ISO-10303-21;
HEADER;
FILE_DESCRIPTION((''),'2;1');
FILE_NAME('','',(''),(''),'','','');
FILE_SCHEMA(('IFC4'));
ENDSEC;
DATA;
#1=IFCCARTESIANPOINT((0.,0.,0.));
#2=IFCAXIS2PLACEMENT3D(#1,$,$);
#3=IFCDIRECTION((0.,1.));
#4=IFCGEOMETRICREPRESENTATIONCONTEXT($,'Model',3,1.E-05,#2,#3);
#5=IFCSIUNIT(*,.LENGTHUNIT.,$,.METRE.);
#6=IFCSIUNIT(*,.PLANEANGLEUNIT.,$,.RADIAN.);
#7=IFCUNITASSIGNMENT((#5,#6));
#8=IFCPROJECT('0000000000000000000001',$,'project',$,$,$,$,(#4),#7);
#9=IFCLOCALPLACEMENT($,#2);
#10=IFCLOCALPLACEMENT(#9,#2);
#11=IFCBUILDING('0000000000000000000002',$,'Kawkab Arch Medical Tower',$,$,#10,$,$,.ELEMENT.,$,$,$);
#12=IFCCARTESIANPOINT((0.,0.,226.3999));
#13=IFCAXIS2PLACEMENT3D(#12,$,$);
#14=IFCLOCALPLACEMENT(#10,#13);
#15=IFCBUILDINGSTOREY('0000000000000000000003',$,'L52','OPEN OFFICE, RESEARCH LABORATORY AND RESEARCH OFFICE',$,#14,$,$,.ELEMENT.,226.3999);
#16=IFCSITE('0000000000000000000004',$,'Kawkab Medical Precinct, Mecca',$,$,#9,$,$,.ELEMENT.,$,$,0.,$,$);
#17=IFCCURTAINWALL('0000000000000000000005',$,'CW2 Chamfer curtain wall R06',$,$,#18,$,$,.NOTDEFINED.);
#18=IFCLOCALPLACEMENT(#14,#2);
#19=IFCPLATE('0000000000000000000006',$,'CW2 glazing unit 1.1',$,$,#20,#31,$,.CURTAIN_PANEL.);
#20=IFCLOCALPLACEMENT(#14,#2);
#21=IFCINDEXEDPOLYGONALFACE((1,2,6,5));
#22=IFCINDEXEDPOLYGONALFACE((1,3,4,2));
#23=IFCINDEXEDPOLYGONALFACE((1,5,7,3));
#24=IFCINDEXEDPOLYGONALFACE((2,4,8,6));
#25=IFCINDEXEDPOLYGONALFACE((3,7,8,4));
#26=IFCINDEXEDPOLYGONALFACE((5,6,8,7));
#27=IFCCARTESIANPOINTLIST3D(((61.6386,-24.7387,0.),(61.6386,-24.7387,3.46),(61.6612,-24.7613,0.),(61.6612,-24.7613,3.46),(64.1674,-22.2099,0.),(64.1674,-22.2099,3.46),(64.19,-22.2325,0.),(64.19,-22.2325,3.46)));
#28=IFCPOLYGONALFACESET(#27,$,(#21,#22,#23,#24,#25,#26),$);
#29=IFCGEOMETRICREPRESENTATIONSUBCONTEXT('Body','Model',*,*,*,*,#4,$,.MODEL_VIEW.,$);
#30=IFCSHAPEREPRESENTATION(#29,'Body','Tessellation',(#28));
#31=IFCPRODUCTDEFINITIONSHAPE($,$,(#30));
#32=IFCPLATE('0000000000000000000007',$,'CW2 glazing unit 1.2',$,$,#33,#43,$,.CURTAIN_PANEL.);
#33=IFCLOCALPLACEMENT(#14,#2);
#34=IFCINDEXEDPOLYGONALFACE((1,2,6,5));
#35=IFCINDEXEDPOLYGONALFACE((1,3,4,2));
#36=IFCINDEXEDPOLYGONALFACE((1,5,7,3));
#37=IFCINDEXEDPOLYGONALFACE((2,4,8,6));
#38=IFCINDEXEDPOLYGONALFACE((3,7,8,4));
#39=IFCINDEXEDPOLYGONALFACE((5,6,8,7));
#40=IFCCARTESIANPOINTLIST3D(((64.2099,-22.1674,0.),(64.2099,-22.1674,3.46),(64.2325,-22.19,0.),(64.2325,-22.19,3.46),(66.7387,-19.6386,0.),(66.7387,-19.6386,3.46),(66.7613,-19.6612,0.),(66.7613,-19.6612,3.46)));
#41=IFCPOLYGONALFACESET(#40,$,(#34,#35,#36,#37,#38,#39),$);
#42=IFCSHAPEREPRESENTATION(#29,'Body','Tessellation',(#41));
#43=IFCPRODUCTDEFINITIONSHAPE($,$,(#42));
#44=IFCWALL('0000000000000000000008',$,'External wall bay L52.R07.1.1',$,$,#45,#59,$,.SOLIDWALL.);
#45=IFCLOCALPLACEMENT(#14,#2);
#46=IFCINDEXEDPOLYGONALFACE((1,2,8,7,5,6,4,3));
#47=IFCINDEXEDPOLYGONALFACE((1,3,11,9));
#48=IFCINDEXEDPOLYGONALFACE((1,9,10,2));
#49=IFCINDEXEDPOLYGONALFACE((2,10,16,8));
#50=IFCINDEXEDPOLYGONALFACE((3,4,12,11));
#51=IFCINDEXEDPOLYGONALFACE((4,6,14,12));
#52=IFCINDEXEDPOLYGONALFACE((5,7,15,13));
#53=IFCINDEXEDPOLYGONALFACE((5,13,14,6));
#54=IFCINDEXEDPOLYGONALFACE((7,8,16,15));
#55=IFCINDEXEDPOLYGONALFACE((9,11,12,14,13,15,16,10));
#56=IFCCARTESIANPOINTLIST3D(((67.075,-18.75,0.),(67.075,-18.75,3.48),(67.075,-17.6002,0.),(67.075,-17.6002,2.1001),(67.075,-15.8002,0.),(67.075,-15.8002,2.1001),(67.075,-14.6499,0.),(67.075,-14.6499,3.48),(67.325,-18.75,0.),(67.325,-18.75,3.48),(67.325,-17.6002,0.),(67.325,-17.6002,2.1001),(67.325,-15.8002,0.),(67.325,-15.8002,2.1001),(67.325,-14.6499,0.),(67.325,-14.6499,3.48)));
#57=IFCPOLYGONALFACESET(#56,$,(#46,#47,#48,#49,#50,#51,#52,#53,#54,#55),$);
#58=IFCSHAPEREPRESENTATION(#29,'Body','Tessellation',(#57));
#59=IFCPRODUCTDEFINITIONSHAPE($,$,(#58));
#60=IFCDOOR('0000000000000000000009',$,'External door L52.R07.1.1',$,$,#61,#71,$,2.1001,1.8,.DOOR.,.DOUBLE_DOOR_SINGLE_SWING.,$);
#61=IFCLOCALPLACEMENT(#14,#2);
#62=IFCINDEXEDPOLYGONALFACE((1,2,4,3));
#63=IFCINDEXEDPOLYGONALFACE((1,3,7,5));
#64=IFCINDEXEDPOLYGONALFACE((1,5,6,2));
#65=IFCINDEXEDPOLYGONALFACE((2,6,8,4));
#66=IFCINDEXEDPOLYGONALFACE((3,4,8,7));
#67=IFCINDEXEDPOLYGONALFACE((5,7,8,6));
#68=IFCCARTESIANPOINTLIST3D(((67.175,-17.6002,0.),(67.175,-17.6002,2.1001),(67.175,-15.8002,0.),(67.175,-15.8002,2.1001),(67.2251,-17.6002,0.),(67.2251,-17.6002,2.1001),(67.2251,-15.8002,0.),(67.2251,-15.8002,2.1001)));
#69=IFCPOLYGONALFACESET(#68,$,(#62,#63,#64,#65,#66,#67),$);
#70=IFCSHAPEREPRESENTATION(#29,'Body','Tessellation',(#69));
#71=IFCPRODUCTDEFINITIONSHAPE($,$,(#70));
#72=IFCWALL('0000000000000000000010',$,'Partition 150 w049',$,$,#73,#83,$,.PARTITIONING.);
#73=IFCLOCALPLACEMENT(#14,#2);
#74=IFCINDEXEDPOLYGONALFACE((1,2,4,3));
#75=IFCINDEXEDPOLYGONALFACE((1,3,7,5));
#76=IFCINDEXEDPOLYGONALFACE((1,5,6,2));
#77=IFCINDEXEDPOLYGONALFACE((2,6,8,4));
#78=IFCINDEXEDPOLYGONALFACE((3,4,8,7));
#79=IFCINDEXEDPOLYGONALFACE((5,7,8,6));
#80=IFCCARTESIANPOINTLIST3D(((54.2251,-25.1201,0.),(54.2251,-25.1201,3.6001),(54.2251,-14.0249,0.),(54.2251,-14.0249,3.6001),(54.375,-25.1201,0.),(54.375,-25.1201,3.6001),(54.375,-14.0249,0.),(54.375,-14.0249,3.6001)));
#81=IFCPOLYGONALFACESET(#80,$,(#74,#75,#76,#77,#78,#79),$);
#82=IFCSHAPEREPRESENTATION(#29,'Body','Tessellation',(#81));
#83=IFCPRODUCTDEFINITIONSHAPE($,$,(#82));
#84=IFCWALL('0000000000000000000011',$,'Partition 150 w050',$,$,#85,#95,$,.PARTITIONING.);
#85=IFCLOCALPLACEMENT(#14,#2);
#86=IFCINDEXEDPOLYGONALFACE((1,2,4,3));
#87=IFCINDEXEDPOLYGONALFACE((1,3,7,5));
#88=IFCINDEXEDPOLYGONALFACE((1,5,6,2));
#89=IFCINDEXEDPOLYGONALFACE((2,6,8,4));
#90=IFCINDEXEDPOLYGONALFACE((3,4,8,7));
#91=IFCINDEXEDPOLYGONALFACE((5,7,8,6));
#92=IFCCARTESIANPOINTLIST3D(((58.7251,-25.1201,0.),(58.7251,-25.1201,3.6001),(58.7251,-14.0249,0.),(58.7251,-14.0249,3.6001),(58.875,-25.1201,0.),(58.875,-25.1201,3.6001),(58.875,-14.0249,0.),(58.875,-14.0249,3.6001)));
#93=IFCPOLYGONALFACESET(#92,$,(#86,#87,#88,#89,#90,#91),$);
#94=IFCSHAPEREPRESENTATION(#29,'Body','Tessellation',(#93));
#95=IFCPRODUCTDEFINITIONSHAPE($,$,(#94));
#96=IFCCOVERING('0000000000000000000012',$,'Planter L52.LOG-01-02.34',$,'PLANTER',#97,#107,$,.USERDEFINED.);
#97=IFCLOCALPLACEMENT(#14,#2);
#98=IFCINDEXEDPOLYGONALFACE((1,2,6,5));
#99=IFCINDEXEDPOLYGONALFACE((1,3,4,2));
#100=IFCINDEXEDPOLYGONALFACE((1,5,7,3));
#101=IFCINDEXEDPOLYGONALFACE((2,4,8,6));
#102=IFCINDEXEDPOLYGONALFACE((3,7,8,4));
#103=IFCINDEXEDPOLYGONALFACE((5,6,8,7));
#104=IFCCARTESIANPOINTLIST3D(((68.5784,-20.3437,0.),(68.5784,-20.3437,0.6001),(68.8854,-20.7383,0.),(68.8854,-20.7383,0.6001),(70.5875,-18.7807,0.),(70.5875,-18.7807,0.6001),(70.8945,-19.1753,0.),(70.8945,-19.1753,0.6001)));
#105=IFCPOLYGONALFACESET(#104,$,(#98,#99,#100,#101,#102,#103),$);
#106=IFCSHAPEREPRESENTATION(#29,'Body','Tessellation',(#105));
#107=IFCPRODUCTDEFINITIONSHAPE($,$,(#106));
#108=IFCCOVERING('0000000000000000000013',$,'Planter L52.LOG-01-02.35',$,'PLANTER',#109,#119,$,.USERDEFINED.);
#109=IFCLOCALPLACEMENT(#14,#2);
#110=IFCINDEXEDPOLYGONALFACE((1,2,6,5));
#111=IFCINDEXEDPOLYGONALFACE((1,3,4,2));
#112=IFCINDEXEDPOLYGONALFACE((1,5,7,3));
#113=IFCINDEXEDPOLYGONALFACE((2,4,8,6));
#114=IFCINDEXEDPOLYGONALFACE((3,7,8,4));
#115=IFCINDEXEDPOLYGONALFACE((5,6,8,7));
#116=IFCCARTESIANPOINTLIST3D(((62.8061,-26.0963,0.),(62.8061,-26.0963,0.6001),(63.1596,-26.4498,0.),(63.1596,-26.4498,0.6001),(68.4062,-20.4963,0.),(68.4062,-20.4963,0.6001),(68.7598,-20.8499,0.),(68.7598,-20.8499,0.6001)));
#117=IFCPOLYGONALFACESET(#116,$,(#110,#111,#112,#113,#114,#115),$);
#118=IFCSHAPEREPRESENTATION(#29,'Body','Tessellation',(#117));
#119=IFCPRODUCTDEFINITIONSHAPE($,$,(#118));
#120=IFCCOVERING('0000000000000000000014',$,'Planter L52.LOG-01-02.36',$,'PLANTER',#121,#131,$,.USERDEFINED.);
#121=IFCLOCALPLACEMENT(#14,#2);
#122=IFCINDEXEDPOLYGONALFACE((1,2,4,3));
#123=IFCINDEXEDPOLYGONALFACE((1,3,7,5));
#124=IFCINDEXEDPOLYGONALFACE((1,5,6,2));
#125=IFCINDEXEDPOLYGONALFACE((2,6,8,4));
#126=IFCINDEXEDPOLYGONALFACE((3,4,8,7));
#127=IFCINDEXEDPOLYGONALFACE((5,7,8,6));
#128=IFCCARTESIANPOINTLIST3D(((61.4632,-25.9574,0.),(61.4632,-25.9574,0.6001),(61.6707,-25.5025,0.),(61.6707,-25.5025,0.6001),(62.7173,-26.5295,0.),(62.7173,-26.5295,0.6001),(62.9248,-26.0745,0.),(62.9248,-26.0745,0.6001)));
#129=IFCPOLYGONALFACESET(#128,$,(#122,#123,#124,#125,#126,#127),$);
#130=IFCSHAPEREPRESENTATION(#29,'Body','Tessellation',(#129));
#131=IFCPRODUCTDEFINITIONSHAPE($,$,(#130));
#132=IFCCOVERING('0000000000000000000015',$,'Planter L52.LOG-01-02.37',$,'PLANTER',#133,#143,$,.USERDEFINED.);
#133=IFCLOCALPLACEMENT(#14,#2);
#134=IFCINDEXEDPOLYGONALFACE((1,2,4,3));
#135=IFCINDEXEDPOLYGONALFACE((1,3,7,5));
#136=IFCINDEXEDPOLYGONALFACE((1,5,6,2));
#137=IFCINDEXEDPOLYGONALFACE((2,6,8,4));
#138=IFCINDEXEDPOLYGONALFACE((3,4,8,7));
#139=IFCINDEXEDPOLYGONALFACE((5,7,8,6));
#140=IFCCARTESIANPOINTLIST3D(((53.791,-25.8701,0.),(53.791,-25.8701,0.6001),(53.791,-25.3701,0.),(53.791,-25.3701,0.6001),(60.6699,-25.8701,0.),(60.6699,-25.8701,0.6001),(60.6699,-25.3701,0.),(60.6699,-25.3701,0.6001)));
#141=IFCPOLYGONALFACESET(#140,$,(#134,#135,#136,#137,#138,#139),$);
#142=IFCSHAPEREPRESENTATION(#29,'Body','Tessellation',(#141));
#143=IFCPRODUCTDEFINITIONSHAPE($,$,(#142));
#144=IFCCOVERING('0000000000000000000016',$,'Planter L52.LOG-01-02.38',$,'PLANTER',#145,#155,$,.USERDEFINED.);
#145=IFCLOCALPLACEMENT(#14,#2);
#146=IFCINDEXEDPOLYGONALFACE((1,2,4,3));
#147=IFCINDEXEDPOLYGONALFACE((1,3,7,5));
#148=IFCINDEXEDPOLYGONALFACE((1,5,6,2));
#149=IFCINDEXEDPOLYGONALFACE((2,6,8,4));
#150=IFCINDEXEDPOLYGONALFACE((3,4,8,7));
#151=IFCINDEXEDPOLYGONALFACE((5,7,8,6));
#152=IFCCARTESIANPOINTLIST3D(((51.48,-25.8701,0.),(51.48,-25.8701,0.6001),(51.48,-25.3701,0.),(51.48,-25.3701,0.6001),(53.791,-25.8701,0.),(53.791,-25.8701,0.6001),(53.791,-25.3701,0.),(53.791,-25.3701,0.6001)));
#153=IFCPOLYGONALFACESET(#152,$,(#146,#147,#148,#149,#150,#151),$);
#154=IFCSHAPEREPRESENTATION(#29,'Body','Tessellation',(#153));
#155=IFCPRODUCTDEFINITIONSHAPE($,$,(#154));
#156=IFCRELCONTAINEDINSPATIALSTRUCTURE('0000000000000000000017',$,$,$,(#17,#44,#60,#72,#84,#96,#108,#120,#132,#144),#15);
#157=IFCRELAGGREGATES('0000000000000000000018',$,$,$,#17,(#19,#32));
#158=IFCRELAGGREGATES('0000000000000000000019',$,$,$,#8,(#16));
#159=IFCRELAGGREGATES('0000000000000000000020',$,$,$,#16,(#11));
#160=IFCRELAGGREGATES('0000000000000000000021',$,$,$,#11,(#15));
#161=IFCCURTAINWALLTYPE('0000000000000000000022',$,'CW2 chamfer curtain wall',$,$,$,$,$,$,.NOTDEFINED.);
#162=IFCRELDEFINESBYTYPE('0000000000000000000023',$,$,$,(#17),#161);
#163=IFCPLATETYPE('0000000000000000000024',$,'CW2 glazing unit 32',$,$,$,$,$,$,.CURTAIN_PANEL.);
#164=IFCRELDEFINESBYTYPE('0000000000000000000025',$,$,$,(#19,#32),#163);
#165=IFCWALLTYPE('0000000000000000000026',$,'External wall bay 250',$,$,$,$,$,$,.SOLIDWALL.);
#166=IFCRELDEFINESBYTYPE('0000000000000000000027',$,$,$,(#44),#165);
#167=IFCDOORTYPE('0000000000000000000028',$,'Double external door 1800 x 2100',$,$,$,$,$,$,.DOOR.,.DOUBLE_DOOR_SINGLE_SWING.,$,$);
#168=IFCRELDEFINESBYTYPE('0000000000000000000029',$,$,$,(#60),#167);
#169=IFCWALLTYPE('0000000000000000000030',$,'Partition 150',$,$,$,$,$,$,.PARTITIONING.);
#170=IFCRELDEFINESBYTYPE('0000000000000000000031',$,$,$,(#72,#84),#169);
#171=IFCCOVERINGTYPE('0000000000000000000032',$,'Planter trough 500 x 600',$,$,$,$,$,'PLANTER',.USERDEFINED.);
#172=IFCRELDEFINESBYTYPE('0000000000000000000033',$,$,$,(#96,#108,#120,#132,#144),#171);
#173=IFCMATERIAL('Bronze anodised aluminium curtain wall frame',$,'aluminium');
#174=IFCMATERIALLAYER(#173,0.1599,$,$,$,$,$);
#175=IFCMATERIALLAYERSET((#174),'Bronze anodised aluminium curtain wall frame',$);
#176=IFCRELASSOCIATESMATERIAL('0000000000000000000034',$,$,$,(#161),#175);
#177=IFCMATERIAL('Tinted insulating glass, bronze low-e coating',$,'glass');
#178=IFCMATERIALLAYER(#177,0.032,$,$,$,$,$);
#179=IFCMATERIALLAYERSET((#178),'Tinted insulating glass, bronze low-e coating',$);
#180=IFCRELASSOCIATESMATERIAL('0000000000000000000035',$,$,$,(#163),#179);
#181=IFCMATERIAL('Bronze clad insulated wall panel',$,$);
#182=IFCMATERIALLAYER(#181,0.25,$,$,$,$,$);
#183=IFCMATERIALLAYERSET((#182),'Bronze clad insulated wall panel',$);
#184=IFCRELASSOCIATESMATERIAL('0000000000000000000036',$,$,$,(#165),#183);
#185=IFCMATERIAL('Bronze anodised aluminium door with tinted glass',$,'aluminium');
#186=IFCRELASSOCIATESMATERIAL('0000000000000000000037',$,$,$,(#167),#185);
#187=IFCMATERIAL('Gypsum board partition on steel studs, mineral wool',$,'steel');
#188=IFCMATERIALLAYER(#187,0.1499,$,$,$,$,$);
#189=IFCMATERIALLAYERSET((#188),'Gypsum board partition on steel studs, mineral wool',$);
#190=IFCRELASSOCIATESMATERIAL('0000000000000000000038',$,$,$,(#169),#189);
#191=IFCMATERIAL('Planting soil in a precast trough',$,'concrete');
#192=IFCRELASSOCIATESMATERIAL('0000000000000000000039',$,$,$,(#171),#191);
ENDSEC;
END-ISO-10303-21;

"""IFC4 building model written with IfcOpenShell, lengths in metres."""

from ifc_helpers import new_model, si_unit, direction, frame, frame_2d, origin, origin_2d, place, context, subcontext, project, spatial, rectangle, extrude, material, layer, layer_set, material_profile, profile_set, type_object, element, fill, aggregate, save


model = new_model("IFC4")

# Units and contexts
model_context = context("Model", 3, precision=1e-05, world=origin(), true_north=direction((0.0, 1.0)))
body_context = subcontext(model_context, "Body", "Model", "MODEL_VIEW")
ifc_project = project(units=[si_unit("LENGTHUNIT", "METRE"), si_unit("PLANEANGLEUNIT", "RADIAN")], contexts=[model_context])

# Site, building, storey
site_placement = place(None, origin())
site = spatial("IfcSite", under=ifc_project, at=site_placement, Name="Kawkab Medical Precinct, Mecca", CompositionType="ELEMENT", RefElevation=0.0)
building_placement = place(site_placement, origin())
building = spatial("IfcBuilding", under=site, at=building_placement, Name="Kawkab Arch Medical Tower", CompositionType="ELEMENT")
storey_placement = place(building_placement, frame((0.0, 0.0, 226.3999)))
storey = spatial("IfcBuildingStorey", under=building, at=storey_placement, Name="L52", Description="OPEN OFFICE, RESEARCH LABORATORY AND RESEARCH OFFICE", CompositionType="ELEMENT", Elevation=226.3999)

# Shared definitions
placement = place(storey_placement, origin())

# Curtain wall
ifc_material_1 = material(Name="Bronze anodised aluminium curtain wall frame", Category="aluminium")
ifc_layer_1 = layer(ifc_material_1, 0.1599)
ifc_layer_set_1 = layer_set([ifc_layer_1], Name="Bronze anodised aluminium curtain wall frame")
curtain_wall_type_1 = type_object("IfcCurtainWallType", Name="CW2 chamfer curtain wall", PredefinedType="NOTDEFINED", material=ifc_layer_set_1)
curtain_wall_1 = element("IfcCurtainWall", 1, at=placement, inside=storey, type_object=curtain_wall_type_1, Name="CW2 Chamfer curtain wall R06", PredefinedType="NOTDEFINED")

# Plates
ifc_material_2 = material(Name="Tinted insulating glass, bronze low-e coating", Category="glass")
ifc_layer_2 = layer(ifc_material_2, 0.032)
ifc_layer_set_2 = layer_set([ifc_layer_2], Name="Tinted insulating glass, bronze low-e coating")
plate_type_1 = type_object("IfcPlateType", Name="CW2 glazing unit 32", PredefinedType="CURTAIN_PANEL", material=ifc_layer_set_2)
plate_1_placement = place(storey_placement, frame((62.9143, -23.4856, 0.0), z_axis=(0.0, 0.0, 1.0), x_axis=(0.707107, 0.707107, 0.0)))
plate_1 = element("IfcPlate", 2, at=plate_1_placement, type_object=plate_type_1, Name="CW2 glazing unit 1.1", PredefinedType="CURTAIN_PANEL", context=body_context, shape_type="SweptSolid", body=[
    extrude(rectangle(XDim=3.5762, YDim=0.032, at=origin_2d()), origin(), (0.0, 0.0, 1.0), 3.46),
])
plate_2_placement = place(storey_placement, frame((65.4856, -20.9143, 0.0), z_axis=(0.0, 0.0, 1.0), x_axis=(0.707107, 0.707107, 0.0)))
plate_2 = element("IfcPlate", 3, at=plate_2_placement, type_object=plate_type_1, Name="CW2 glazing unit 1.2", PredefinedType="CURTAIN_PANEL", context=body_context, shape_type="SweptSolid", body=[
    extrude(rectangle(XDim=3.5762, YDim=0.032, at=origin_2d()), origin(), (0.0, 0.0, 1.0), 3.46),
])
aggregate(curtain_wall_1, [plate_1, plate_2])

# Wall, opening, door
ifc_material_3 = material(Name="Bronze clad insulated wall panel")
ifc_layer_3 = layer(ifc_material_3, 0.25)
ifc_layer_set_3 = layer_set([ifc_layer_3], Name="Bronze clad insulated wall panel")
wall_type_1 = type_object("IfcWallType", Name="External wall bay 250", PredefinedType="SOLIDWALL", material=ifc_layer_set_3)
wall_placement = place(storey_placement, frame((67.2, -18.75, 0.0), z_axis=(0.0, 0.0, 1.0), x_axis=(0.0, 1.0, 0.0)))
wall = element("IfcWall", 4, at=wall_placement, inside=storey, type_object=wall_type_1, Name="External wall bay L52.R07.1.1", PredefinedType="SOLIDWALL", context=body_context, shape_type="SweptSolid", body=[
    extrude(rectangle(XDim=4.1001, YDim=0.25, at=frame_2d((2.05, 0.0))), origin(), (0.0, 0.0, 1.0), 3.48),
])
opening_placement = place(wall_placement, frame((1.1499, 0.0, 0.0)))
opening = element("IfcOpeningElement", 5, at=opening_placement, cuts=wall, PredefinedType="OPENING", context=body_context, shape_type="SweptSolid", body=[
    extrude(rectangle(XDim=1.8, YDim=2.1001, at=frame_2d((0.8999, 1.05))), frame((0.0, 0.135, 0.0), z_axis=(0.0, -1.0, 0.0), x_axis=(1.0, 0.0, 0.0)), (0.0, 0.0, 1.0), 0.27),
])
ifc_material_4 = material(Name="Bronze anodised aluminium door with tinted glass", Category="aluminium")
door_type = type_object("IfcDoorType", Name="Double external door 1800 x 2100", OperationType="DOUBLE_DOOR_SINGLE_SWING", PredefinedType="DOOR", material=ifc_material_4)
door_placement = place(opening_placement, origin())
door = element("IfcDoor", 6, at=door_placement, inside=storey, type_object=door_type, Name="External door L52.R07.1.1", OperationType="DOUBLE_DOOR_SINGLE_SWING", OverallHeight=2.1001, OverallWidth=1.8, PredefinedType="DOOR", context=body_context, shape_type="SweptSolid", body=[
    extrude(rectangle(XDim=1.8, YDim=2.1001, at=frame_2d((0.8999, 1.05))), frame((0.0, 0.0249, 0.0), z_axis=(0.0, -1.0, 0.0), x_axis=(1.0, 0.0, 0.0)), (0.0, 0.0, 1.0), 0.05),
])
fill(opening, door)

# Walls
ifc_material_5 = material(Name="Gypsum board partition on steel studs, mineral wool", Category="steel")
ifc_layer_4 = layer(ifc_material_5, 0.1499)
ifc_layer_set_4 = layer_set([ifc_layer_4], Name="Gypsum board partition on steel studs, mineral wool")
wall_type_2 = type_object("IfcWallType", Name="Partition 150", PredefinedType="PARTITIONING", material=ifc_layer_set_4)
for number, where, z_axis, x_axis, name in (
    (7, (54.3, -25.1201, 0.0), (0.0, 0.0, 1.0), (0.0, 1.0, 0.0), "Partition 150 w049"),
    (8, (58.8, -25.1201, 0.0), (0.0, 0.0, 1.0), (0.0, 1.0, 0.0), "Partition 150 w050"),
):
    element("IfcWall", number, at=place(storey_placement, frame(where, z_axis=z_axis, x_axis=x_axis)), inside=storey, type_object=wall_type_2, Name=name, PredefinedType="PARTITIONING", context=body_context, shape_type="SweptSolid", body=[
        extrude(rectangle(XDim=11.0952, YDim=0.1499, at=frame_2d((5.5476, 0.0))), origin(), (0.0, 0.0, 1.0), 3.6001),
    ])

# Coverings
ifc_material_6 = material(Name="Planting soil in a precast trough", Category="concrete")
ifc_material_profile_1 = material_profile(ifc_material_6, rectangle(XDim=0.5, YDim=0.6001, at=origin_2d()), Name="Trough 500x600")
ifc_profile_set_1 = profile_set([ifc_material_profile_1], Name="Planting soil in a precast trough")
covering_type = type_object("IfcCoveringType", Name="Planter trough 500 x 600", ElementType="PLANTER", PredefinedType="USERDEFINED", material=ifc_profile_set_1)
covering_1_placement = place(storey_placement, frame((70.741, -18.978, 0.3), z_axis=(-0.789275, -0.61404, 0.0), x_axis=(0.61404, -0.789275, 0.0)))
element("IfcCovering", 9, at=covering_1_placement, inside=storey, type_object=covering_type, Name="Planter L52.LOG-01-02.34", ObjectType="PLANTER", PredefinedType="USERDEFINED", context=body_context, shape_type="SweptSolid", body=[
    extrude(rectangle(XDim=0.5, YDim=0.6001, at=origin_2d()), origin(), (0.0, 0.0, 1.0), 2.5454),
])
covering_2_placement = place(storey_placement, frame((68.583, -20.6731, 0.3), z_axis=(-0.707122, -0.707091, 0.0), x_axis=(0.707091, -0.707122, 0.0)))
element("IfcCovering", 10, at=covering_2_placement, inside=storey, type_object=covering_type, Name="Planter L52.LOG-01-02.35", ObjectType="PLANTER", PredefinedType="USERDEFINED", context=body_context, shape_type="SweptSolid", body=[
    extrude(rectangle(XDim=0.5, YDim=0.6001, at=origin_2d()), origin(), (0.0, 0.0, 1.0), 7.9197),
])
covering_3_placement = place(storey_placement, frame((62.821, -26.302, 0.3), z_axis=(-0.909832, 0.414977, 0.0), x_axis=(-0.414977, -0.909832, 0.0)))
element("IfcCovering", 11, at=covering_3_placement, inside=storey, type_object=covering_type, Name="Planter L52.LOG-01-02.36", ObjectType="PLANTER", PredefinedType="USERDEFINED", context=body_context, shape_type="SweptSolid", body=[
    extrude(rectangle(XDim=0.5, YDim=0.6001, at=origin_2d()), origin(), (0.0, 0.0, 1.0), 1.3784),
])
covering_4_placement = place(storey_placement, frame((60.6699, -25.6201, 0.3), z_axis=(-1.0, 0.0, 0.0), x_axis=(0.0, -1.0, 0.0)))
element("IfcCovering", 12, at=covering_4_placement, inside=storey, type_object=covering_type, Name="Planter L52.LOG-01-02.37", ObjectType="PLANTER", PredefinedType="USERDEFINED", context=body_context, shape_type="SweptSolid", body=[
    extrude(rectangle(XDim=0.5, YDim=0.6001, at=origin_2d()), origin(), (0.0, 0.0, 1.0), 6.8789),
])
covering_5_placement = place(storey_placement, frame((53.791, -25.6201, 0.3), z_axis=(-1.0, 0.0, 0.0), x_axis=(0.0, -1.0, 0.0)))
element("IfcCovering", 13, at=covering_5_placement, inside=storey, type_object=covering_type, Name="Planter L52.LOG-01-02.38", ObjectType="PLANTER", PredefinedType="USERDEFINED", context=body_context, shape_type="SweptSolid", body=[
    extrude(rectangle(XDim=0.5, YDim=0.6001, at=origin_2d()), origin(), (0.0, 0.0, 1.0), 2.311),
])

save(model, "model.ifc")
